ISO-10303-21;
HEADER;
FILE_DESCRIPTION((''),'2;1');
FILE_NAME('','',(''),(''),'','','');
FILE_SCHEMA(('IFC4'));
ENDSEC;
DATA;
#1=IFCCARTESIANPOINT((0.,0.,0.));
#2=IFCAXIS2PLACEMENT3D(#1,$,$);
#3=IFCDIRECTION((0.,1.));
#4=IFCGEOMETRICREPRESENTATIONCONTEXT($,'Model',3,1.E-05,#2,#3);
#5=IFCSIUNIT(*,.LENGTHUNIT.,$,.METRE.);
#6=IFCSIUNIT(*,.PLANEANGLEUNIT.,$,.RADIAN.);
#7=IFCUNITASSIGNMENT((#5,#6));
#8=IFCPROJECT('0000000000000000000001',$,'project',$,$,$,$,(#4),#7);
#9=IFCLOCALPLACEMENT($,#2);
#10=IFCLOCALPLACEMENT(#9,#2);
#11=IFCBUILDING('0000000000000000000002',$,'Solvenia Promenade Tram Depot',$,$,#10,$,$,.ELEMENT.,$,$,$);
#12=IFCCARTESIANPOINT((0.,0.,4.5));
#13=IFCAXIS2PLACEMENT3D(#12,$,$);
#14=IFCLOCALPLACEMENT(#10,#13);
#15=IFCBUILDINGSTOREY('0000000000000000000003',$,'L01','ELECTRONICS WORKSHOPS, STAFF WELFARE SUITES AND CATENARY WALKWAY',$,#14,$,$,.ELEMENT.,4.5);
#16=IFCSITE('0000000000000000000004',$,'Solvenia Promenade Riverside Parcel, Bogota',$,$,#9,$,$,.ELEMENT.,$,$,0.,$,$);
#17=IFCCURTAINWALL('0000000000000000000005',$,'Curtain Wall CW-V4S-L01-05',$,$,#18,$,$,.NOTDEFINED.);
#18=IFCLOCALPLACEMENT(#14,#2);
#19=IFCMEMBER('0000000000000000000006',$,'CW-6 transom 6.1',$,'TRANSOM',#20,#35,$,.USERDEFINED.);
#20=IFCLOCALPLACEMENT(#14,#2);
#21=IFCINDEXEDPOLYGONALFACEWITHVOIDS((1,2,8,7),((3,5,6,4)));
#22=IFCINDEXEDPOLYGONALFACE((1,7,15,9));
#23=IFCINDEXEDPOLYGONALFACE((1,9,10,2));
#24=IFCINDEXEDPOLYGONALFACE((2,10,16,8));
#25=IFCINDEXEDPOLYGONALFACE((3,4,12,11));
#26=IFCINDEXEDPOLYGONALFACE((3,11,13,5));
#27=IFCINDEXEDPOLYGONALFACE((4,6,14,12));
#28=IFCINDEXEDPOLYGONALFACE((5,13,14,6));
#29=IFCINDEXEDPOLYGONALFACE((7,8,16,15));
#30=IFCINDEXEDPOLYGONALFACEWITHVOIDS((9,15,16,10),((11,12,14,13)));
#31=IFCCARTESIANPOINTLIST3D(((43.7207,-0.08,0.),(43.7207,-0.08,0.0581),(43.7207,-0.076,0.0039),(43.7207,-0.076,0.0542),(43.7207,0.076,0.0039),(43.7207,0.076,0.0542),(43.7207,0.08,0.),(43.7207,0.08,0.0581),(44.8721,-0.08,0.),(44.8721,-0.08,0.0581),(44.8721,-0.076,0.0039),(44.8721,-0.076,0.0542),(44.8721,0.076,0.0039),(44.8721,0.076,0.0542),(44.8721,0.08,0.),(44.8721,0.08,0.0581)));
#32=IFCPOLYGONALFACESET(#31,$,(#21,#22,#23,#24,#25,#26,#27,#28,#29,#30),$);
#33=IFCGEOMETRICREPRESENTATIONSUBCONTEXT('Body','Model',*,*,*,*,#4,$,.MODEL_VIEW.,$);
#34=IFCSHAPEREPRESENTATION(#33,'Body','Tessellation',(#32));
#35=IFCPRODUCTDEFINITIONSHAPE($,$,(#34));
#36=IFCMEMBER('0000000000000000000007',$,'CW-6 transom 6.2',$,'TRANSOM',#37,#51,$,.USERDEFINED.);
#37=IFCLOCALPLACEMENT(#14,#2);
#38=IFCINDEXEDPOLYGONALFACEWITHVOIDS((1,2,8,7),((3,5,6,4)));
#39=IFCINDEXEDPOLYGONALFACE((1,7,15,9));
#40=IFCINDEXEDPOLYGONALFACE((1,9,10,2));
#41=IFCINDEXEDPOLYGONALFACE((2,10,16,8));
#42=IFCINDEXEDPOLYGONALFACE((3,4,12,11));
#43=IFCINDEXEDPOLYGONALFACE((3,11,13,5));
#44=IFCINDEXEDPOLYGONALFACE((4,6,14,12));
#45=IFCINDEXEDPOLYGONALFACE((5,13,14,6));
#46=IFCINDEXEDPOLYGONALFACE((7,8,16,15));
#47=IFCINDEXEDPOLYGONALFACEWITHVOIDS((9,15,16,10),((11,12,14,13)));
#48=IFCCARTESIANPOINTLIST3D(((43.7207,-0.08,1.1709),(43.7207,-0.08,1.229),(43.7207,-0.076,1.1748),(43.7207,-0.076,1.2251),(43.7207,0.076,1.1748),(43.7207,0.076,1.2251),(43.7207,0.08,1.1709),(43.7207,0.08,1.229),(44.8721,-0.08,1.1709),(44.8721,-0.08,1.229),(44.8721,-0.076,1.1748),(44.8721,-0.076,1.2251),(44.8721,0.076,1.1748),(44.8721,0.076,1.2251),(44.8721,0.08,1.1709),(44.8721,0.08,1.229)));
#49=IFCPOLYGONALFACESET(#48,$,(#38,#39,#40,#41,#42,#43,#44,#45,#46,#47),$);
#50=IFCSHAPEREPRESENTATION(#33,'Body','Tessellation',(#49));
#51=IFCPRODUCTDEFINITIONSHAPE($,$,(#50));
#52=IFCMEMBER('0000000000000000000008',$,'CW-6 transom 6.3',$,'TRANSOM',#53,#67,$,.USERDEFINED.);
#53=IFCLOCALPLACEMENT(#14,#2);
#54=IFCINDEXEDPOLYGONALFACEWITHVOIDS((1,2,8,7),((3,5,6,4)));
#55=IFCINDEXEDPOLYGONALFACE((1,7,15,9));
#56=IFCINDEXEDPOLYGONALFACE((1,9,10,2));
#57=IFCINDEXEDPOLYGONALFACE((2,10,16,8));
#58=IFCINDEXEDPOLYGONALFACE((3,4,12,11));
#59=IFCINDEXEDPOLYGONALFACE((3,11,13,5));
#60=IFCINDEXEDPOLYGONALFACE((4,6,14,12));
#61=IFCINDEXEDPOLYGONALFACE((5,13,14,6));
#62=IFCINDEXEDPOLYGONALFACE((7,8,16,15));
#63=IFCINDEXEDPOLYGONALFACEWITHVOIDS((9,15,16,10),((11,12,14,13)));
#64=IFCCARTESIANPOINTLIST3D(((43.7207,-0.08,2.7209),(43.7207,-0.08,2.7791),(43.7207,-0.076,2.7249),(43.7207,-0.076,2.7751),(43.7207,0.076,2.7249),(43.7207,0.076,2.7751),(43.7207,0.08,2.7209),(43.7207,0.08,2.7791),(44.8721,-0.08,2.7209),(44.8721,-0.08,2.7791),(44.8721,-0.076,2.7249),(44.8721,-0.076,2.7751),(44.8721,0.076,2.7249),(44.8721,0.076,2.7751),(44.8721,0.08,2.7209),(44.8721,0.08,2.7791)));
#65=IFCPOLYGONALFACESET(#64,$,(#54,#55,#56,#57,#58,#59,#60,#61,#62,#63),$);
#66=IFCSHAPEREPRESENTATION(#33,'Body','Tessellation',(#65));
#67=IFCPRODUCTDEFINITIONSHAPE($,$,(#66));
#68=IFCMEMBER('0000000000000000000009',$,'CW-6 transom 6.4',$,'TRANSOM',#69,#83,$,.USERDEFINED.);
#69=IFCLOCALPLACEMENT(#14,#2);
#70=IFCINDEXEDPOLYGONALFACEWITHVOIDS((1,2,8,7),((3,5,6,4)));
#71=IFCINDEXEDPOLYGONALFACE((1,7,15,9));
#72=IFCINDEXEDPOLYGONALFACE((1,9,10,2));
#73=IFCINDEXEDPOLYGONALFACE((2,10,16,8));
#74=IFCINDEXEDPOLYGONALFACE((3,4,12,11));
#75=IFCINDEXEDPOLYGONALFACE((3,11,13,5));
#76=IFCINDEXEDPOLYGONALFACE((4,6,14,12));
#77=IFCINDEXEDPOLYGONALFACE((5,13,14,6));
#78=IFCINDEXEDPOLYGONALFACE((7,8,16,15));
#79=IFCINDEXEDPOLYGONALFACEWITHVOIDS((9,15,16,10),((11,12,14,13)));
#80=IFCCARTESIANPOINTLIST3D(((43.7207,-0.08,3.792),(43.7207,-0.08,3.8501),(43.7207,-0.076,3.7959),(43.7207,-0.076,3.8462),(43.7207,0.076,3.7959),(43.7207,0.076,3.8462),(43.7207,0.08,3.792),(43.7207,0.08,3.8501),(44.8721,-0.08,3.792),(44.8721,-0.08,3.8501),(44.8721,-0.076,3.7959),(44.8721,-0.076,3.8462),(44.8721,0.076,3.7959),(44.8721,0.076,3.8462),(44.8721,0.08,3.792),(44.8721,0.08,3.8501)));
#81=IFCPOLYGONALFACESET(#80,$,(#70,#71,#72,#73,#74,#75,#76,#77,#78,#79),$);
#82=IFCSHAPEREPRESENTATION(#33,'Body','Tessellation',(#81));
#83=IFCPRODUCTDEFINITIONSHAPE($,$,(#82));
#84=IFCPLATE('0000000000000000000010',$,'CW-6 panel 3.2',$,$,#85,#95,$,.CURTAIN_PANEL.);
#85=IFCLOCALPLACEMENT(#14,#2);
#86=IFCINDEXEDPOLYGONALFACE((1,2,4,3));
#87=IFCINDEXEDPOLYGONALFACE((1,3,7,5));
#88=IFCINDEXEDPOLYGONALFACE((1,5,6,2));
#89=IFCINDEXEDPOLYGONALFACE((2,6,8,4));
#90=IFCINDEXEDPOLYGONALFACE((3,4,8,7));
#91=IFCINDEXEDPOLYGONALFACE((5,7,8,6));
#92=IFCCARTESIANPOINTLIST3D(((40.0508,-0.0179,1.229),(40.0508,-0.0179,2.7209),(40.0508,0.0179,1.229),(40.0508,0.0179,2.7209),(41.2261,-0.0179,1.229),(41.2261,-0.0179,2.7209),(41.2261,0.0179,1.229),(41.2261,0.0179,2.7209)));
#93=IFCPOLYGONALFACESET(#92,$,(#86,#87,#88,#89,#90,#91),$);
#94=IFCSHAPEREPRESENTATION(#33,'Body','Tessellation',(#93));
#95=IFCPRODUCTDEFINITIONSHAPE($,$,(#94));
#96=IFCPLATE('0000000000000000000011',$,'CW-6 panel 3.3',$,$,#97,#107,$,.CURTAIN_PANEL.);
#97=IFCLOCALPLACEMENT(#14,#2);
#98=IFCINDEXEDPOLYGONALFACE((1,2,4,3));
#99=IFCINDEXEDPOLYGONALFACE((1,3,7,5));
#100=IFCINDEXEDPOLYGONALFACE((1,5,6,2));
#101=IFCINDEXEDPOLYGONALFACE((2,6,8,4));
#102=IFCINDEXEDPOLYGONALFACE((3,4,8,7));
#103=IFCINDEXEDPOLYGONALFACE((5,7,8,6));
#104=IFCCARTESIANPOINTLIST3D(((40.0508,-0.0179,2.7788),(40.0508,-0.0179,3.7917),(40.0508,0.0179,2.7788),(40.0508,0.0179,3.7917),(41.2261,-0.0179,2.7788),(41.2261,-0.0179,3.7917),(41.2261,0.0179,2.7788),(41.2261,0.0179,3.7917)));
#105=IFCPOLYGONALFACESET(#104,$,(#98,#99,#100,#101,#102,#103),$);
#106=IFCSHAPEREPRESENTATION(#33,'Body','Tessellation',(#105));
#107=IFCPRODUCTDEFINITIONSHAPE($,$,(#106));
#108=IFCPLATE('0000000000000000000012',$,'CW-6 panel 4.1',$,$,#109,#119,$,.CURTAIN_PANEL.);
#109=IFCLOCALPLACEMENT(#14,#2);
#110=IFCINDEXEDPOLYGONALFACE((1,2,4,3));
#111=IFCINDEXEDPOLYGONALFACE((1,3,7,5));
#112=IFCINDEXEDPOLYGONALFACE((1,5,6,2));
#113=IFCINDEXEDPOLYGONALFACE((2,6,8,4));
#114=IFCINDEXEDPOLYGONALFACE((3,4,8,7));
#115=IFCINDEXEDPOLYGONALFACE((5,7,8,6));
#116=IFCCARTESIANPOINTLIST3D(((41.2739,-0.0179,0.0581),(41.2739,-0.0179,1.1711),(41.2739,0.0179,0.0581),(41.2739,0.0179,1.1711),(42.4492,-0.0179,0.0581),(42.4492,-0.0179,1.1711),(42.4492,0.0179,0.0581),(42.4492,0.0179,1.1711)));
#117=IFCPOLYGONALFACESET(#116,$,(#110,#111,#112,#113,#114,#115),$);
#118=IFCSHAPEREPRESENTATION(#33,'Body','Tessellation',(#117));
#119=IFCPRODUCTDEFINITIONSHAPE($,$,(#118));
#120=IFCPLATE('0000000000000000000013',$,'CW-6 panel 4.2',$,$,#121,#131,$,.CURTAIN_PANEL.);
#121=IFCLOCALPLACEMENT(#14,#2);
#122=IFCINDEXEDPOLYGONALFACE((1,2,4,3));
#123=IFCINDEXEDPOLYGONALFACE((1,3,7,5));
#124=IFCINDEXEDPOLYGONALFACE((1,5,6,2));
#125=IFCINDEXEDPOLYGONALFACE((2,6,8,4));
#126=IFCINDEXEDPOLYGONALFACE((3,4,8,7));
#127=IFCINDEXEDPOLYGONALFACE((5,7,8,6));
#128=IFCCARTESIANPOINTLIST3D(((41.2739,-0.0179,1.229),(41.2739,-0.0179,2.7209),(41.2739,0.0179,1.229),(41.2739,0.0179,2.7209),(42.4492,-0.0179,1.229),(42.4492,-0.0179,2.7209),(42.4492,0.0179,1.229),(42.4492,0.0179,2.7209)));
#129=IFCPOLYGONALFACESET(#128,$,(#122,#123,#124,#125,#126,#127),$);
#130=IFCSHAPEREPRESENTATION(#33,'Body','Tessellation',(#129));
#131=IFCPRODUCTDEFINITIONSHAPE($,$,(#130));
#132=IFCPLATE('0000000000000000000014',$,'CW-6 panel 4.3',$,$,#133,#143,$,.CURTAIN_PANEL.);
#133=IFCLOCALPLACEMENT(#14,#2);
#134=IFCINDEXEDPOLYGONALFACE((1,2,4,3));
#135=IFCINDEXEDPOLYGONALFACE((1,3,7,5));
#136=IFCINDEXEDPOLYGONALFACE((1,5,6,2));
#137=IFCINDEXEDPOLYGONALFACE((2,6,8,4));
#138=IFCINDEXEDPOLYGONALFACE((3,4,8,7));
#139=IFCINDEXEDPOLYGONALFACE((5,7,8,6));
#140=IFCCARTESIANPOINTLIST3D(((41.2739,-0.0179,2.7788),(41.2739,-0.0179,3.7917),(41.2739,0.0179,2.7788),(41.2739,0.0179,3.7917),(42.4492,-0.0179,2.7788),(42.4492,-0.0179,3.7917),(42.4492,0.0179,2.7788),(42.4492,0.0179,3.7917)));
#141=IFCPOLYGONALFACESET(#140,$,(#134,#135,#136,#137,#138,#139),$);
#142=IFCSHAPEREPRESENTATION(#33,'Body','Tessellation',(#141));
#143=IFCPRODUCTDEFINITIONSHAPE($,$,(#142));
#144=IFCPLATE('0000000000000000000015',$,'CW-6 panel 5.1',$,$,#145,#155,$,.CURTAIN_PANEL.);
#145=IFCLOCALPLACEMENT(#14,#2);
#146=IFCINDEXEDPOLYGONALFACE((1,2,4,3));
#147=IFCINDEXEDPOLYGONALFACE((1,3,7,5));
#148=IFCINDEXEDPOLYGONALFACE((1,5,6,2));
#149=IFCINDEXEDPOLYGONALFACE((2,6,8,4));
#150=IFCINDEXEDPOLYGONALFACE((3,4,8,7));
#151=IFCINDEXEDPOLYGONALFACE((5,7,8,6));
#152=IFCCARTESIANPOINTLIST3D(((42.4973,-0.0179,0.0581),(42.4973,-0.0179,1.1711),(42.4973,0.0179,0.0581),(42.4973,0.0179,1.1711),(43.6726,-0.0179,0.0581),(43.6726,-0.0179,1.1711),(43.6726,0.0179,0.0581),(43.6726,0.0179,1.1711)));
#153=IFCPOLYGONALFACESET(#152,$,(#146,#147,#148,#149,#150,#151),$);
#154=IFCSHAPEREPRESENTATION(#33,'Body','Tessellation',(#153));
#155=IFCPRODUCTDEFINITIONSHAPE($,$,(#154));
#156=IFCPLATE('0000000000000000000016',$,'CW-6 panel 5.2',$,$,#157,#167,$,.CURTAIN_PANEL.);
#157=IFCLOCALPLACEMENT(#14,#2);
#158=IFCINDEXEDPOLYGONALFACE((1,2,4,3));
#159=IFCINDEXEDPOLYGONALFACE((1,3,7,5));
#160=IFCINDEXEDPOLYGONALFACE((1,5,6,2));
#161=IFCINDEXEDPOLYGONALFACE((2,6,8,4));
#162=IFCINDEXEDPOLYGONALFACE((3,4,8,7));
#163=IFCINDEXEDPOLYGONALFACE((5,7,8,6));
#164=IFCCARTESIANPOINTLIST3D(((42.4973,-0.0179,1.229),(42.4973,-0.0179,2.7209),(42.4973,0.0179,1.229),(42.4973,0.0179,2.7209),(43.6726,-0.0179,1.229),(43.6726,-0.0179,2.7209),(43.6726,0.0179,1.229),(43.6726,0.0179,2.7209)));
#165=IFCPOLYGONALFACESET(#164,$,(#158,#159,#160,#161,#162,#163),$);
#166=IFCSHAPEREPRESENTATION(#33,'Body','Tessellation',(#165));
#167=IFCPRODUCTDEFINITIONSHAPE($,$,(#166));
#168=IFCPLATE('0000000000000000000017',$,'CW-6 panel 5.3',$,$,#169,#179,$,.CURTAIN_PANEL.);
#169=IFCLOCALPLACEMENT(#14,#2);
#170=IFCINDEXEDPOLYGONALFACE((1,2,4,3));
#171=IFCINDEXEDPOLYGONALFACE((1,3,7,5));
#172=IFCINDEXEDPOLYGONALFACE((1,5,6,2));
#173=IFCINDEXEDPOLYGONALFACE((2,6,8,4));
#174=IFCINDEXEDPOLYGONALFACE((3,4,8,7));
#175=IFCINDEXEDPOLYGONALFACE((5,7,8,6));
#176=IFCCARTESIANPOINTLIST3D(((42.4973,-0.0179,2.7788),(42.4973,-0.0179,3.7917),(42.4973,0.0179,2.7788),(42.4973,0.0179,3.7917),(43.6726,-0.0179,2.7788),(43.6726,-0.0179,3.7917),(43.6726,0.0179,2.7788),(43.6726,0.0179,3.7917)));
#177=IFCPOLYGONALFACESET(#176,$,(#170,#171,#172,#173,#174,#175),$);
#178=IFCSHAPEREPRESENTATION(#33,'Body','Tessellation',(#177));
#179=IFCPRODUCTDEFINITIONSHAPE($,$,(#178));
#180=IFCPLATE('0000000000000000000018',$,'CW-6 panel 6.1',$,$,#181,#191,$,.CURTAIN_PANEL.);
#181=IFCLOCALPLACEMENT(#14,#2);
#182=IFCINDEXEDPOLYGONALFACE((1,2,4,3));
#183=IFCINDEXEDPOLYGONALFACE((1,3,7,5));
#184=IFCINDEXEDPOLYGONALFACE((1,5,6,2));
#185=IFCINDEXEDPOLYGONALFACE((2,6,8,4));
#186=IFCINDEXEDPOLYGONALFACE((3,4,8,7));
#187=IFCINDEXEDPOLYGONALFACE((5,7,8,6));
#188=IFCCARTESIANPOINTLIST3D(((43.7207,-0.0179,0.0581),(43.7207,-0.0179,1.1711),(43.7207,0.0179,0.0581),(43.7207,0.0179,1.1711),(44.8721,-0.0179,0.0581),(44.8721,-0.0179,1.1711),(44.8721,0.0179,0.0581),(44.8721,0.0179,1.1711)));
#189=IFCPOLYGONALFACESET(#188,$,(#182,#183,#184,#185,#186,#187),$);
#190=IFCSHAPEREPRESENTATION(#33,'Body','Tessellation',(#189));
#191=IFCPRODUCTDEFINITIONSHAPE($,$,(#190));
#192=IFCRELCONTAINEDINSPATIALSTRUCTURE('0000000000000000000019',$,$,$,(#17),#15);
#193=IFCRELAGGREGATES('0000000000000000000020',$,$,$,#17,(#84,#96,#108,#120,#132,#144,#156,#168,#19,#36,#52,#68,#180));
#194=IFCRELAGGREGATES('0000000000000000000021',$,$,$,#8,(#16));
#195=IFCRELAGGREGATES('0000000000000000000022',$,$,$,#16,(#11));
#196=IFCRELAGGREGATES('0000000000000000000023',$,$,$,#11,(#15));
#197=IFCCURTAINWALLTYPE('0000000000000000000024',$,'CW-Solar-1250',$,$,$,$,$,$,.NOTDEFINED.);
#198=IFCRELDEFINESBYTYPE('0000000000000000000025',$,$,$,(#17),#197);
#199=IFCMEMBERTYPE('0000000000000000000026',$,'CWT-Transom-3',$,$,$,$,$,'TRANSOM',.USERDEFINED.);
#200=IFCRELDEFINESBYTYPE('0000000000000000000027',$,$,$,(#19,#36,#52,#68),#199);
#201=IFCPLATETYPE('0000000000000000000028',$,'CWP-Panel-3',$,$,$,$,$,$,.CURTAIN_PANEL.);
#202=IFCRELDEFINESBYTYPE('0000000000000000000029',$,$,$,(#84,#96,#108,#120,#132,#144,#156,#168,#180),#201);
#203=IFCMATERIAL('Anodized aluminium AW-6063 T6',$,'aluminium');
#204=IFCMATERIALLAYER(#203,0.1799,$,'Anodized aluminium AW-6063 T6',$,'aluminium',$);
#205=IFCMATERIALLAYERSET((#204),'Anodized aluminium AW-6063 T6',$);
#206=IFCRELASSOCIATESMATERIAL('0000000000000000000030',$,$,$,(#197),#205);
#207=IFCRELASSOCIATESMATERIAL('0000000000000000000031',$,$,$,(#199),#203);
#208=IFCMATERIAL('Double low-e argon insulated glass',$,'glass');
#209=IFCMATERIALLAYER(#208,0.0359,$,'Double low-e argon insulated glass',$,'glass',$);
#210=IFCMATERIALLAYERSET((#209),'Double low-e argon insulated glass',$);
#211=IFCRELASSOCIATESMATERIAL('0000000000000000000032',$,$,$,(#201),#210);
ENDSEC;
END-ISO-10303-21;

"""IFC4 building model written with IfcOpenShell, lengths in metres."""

from ifc_helpers import new_model, si_unit, direction, frame, origin, origin_2d, place, context, subcontext, project, spatial, rectangle, hollow_rectangle, extrude, material, layer, layer_set, material_profile, profile_set, type_object, element, aggregate, save


model = new_model("IFC4")

# Units and contexts
model_context = context("Model", 3, precision=1e-05, world=origin(), true_north=direction((0.0, 1.0)))
body_context = subcontext(model_context, "Body", "Model", "MODEL_VIEW")
ifc_project = project(units=[si_unit("LENGTHUNIT", "METRE"), si_unit("PLANEANGLEUNIT", "RADIAN")], contexts=[model_context])

# Site, building, storey
site_placement = place(None, origin())
site = spatial("IfcSite", under=ifc_project, at=site_placement, Name="Solvenia Promenade Riverside Parcel, Bogota", CompositionType="ELEMENT", RefElevation=0.0)
building_placement = place(site_placement, origin())
building = spatial("IfcBuilding", under=site, at=building_placement, Name="Solvenia Promenade Tram Depot", CompositionType="ELEMENT")
storey_placement = place(building_placement, frame((0.0, 0.0, 4.5)))
storey = spatial("IfcBuildingStorey", under=building, at=storey_placement, Name="L01", Description="ELECTRONICS WORKSHOPS, STAFF WELFARE SUITES AND CATENARY WALKWAY", CompositionType="ELEMENT", Elevation=4.5)

# Curtain wall, members, plates
ifc_material_1 = material(Name="Anodized aluminium AW-6063 T6", Category="aluminium")
ifc_layer_1 = layer(ifc_material_1, 0.1799, Name="Anodized aluminium AW-6063 T6", Category="aluminium")
ifc_layer_set_1 = layer_set([ifc_layer_1], Name="Anodized aluminium AW-6063 T6")
curtain_wall_type = type_object("IfcCurtainWallType", Name="CW-Solar-1250", PredefinedType="NOTDEFINED", material=ifc_layer_set_1)
curtain_wall_placement = place(storey_placement, origin())
curtain_wall = element("IfcCurtainWall", 1, at=curtain_wall_placement, inside=storey, type_object=curtain_wall_type, Name="Curtain Wall CW-V4S-L01-05", PredefinedType="NOTDEFINED")
ifc_material_profile_1 = material_profile(ifc_material_1, hollow_rectangle(XDim=0.1599, YDim=0.0581, WallThickness=0.0039, at=origin_2d()), Name="ALU-T3", Category="aluminium")
ifc_profile_set_1 = profile_set([ifc_material_profile_1], Name="Anodized aluminium AW-6063 T6")
member_type_1 = type_object("IfcMemberType", Name="CWT-Transom-3", ElementType="TRANSOM", PredefinedType="USERDEFINED", material=ifc_profile_set_1)
member_1_placement = place(storey_placement, frame((43.7207, 0.0, 0.0291), z_axis=(1.0, 0.0, 0.0), x_axis=(0.0, 1.0, 0.0)))
member_1 = element("IfcMember", 2, at=member_1_placement, type_object=member_type_1, Name="CW-6 transom 6.1", ObjectType="TRANSOM", PredefinedType="USERDEFINED", context=body_context, shape_type="SweptSolid", body=[
    extrude(hollow_rectangle(XDim=0.1599, YDim=0.0581, WallThickness=0.0039, at=origin_2d()), origin(), (0.0, 0.0, 1.0), 1.1514),
])
member_2_placement = place(storey_placement, frame((43.7207, 0.0, 1.2), z_axis=(1.0, 0.0, 0.0), x_axis=(0.0, 1.0, 0.0)))
member_2 = element("IfcMember", 3, at=member_2_placement, type_object=member_type_1, Name="CW-6 transom 6.2", ObjectType="TRANSOM", PredefinedType="USERDEFINED", context=body_context, shape_type="SweptSolid", body=[
    extrude(hollow_rectangle(XDim=0.1599, YDim=0.0581, WallThickness=0.0039, at=origin_2d()), origin(), (0.0, 0.0, 1.0), 1.1514),
])
member_3_placement = place(storey_placement, frame((43.7207, 0.0, 2.75), z_axis=(1.0, 0.0, 0.0), x_axis=(0.0, 1.0, 0.0)))
member_3 = element("IfcMember", 4, at=member_3_placement, type_object=member_type_1, Name="CW-6 transom 6.3", ObjectType="TRANSOM", PredefinedType="USERDEFINED", context=body_context, shape_type="SweptSolid", body=[
    extrude(hollow_rectangle(XDim=0.1599, YDim=0.0581, WallThickness=0.0039, at=origin_2d()), origin(), (0.0, 0.0, 1.0), 1.1514),
])
member_4_placement = place(storey_placement, frame((43.7207, 0.0, 3.821), z_axis=(1.0, 0.0, 0.0), x_axis=(0.0, 1.0, 0.0)))
member_4 = element("IfcMember", 5, at=member_4_placement, type_object=member_type_1, Name="CW-6 transom 6.4", ObjectType="TRANSOM", PredefinedType="USERDEFINED", context=body_context, shape_type="SweptSolid", body=[
    extrude(hollow_rectangle(XDim=0.1599, YDim=0.0581, WallThickness=0.0039, at=origin_2d()), origin(), (0.0, 0.0, 1.0), 1.1514),
])
ifc_material_2 = material(Name="Double low-e argon insulated glass", Category="glass")
ifc_layer_2 = layer(ifc_material_2, 0.0359, Name="Double low-e argon insulated glass", Category="glass")
ifc_layer_set_2 = layer_set([ifc_layer_2], Name="Double low-e argon insulated glass")
plate_type = type_object("IfcPlateType", Name="CWP-Panel-3", PredefinedType="CURTAIN_PANEL", material=ifc_layer_set_2)
plate_1_placement = place(storey_placement, frame((40.6384, 0.0, 1.229), z_axis=(0.0, 0.0, 1.0), x_axis=(1.0, 0.0, 0.0)))
plate_1 = element("IfcPlate", 6, at=plate_1_placement, type_object=plate_type, Name="CW-6 panel 3.2", PredefinedType="CURTAIN_PANEL", context=body_context, shape_type="SweptSolid", body=[
    extrude(rectangle(XDim=1.1753, YDim=0.0359, at=origin_2d()), origin(), (0.0, 0.0, 1.0), 1.4919),
])
plate_2_placement = place(storey_placement, frame((40.6384, 0.0, 2.7788), z_axis=(0.0, 0.0, 1.0), x_axis=(1.0, 0.0, 0.0)))
plate_2 = element("IfcPlate", 7, at=plate_2_placement, type_object=plate_type, Name="CW-6 panel 3.3", PredefinedType="CURTAIN_PANEL", context=body_context, shape_type="SweptSolid", body=[
    extrude(rectangle(XDim=1.1753, YDim=0.0359, at=origin_2d()), origin(), (0.0, 0.0, 1.0), 1.0129),
])
plate_3_placement = place(storey_placement, frame((41.8616, 0.0, 0.0581), z_axis=(0.0, 0.0, 1.0), x_axis=(1.0, 0.0, 0.0)))
plate_3 = element("IfcPlate", 8, at=plate_3_placement, type_object=plate_type, Name="CW-6 panel 4.1", PredefinedType="CURTAIN_PANEL", context=body_context, shape_type="SweptSolid", body=[
    extrude(rectangle(XDim=1.1753, YDim=0.0359, at=origin_2d()), origin(), (0.0, 0.0, 1.0), 1.113),
])
plate_4_placement = place(storey_placement, frame((41.8616, 0.0, 1.229), z_axis=(0.0, 0.0, 1.0), x_axis=(1.0, 0.0, 0.0)))
plate_4 = element("IfcPlate", 9, at=plate_4_placement, type_object=plate_type, Name="CW-6 panel 4.2", PredefinedType="CURTAIN_PANEL", context=body_context, shape_type="SweptSolid", body=[
    extrude(rectangle(XDim=1.1753, YDim=0.0359, at=origin_2d()), origin(), (0.0, 0.0, 1.0), 1.4919),
])
plate_5_placement = place(storey_placement, frame((41.8616, 0.0, 2.7788), z_axis=(0.0, 0.0, 1.0), x_axis=(1.0, 0.0, 0.0)))
plate_5 = element("IfcPlate", 10, at=plate_5_placement, type_object=plate_type, Name="CW-6 panel 4.3", PredefinedType="CURTAIN_PANEL", context=body_context, shape_type="SweptSolid", body=[
    extrude(rectangle(XDim=1.1753, YDim=0.0359, at=origin_2d()), origin(), (0.0, 0.0, 1.0), 1.0129),
])
plate_6_placement = place(storey_placement, frame((43.085, 0.0, 0.0581), z_axis=(0.0, 0.0, 1.0), x_axis=(1.0, 0.0, 0.0)))
plate_6 = element("IfcPlate", 11, at=plate_6_placement, type_object=plate_type, Name="CW-6 panel 5.1", PredefinedType="CURTAIN_PANEL", context=body_context, shape_type="SweptSolid", body=[
    extrude(rectangle(XDim=1.1753, YDim=0.0359, at=origin_2d()), origin(), (0.0, 0.0, 1.0), 1.113),
])
plate_7_placement = place(storey_placement, frame((43.085, 0.0, 1.229), z_axis=(0.0, 0.0, 1.0), x_axis=(1.0, 0.0, 0.0)))
plate_7 = element("IfcPlate", 12, at=plate_7_placement, type_object=plate_type, Name="CW-6 panel 5.2", PredefinedType="CURTAIN_PANEL", context=body_context, shape_type="SweptSolid", body=[
    extrude(rectangle(XDim=1.1753, YDim=0.0359, at=origin_2d()), origin(), (0.0, 0.0, 1.0), 1.4919),
])
plate_8_placement = place(storey_placement, frame((43.085, 0.0, 2.7788), z_axis=(0.0, 0.0, 1.0), x_axis=(1.0, 0.0, 0.0)))
plate_8 = element("IfcPlate", 13, at=plate_8_placement, type_object=plate_type, Name="CW-6 panel 5.3", PredefinedType="CURTAIN_PANEL", context=body_context, shape_type="SweptSolid", body=[
    extrude(rectangle(XDim=1.1753, YDim=0.0359, at=origin_2d()), origin(), (0.0, 0.0, 1.0), 1.0129),
])
plate_9_placement = place(storey_placement, frame((44.2964, 0.0, 0.0581), z_axis=(0.0, 0.0, 1.0), x_axis=(1.0, 0.0, 0.0)))
plate_9 = element("IfcPlate", 14, at=plate_9_placement, type_object=plate_type, Name="CW-6 panel 6.1", PredefinedType="CURTAIN_PANEL", context=body_context, shape_type="SweptSolid", body=[
    extrude(rectangle(XDim=1.1514, YDim=0.0359, at=origin_2d()), origin(), (0.0, 0.0, 1.0), 1.113),
])
aggregate(curtain_wall, [plate_1, plate_2, plate_3, plate_4, plate_5, plate_6, plate_7, plate_8, member_1, member_2, member_3, member_4, plate_9])

save(model, "model.ifc")
